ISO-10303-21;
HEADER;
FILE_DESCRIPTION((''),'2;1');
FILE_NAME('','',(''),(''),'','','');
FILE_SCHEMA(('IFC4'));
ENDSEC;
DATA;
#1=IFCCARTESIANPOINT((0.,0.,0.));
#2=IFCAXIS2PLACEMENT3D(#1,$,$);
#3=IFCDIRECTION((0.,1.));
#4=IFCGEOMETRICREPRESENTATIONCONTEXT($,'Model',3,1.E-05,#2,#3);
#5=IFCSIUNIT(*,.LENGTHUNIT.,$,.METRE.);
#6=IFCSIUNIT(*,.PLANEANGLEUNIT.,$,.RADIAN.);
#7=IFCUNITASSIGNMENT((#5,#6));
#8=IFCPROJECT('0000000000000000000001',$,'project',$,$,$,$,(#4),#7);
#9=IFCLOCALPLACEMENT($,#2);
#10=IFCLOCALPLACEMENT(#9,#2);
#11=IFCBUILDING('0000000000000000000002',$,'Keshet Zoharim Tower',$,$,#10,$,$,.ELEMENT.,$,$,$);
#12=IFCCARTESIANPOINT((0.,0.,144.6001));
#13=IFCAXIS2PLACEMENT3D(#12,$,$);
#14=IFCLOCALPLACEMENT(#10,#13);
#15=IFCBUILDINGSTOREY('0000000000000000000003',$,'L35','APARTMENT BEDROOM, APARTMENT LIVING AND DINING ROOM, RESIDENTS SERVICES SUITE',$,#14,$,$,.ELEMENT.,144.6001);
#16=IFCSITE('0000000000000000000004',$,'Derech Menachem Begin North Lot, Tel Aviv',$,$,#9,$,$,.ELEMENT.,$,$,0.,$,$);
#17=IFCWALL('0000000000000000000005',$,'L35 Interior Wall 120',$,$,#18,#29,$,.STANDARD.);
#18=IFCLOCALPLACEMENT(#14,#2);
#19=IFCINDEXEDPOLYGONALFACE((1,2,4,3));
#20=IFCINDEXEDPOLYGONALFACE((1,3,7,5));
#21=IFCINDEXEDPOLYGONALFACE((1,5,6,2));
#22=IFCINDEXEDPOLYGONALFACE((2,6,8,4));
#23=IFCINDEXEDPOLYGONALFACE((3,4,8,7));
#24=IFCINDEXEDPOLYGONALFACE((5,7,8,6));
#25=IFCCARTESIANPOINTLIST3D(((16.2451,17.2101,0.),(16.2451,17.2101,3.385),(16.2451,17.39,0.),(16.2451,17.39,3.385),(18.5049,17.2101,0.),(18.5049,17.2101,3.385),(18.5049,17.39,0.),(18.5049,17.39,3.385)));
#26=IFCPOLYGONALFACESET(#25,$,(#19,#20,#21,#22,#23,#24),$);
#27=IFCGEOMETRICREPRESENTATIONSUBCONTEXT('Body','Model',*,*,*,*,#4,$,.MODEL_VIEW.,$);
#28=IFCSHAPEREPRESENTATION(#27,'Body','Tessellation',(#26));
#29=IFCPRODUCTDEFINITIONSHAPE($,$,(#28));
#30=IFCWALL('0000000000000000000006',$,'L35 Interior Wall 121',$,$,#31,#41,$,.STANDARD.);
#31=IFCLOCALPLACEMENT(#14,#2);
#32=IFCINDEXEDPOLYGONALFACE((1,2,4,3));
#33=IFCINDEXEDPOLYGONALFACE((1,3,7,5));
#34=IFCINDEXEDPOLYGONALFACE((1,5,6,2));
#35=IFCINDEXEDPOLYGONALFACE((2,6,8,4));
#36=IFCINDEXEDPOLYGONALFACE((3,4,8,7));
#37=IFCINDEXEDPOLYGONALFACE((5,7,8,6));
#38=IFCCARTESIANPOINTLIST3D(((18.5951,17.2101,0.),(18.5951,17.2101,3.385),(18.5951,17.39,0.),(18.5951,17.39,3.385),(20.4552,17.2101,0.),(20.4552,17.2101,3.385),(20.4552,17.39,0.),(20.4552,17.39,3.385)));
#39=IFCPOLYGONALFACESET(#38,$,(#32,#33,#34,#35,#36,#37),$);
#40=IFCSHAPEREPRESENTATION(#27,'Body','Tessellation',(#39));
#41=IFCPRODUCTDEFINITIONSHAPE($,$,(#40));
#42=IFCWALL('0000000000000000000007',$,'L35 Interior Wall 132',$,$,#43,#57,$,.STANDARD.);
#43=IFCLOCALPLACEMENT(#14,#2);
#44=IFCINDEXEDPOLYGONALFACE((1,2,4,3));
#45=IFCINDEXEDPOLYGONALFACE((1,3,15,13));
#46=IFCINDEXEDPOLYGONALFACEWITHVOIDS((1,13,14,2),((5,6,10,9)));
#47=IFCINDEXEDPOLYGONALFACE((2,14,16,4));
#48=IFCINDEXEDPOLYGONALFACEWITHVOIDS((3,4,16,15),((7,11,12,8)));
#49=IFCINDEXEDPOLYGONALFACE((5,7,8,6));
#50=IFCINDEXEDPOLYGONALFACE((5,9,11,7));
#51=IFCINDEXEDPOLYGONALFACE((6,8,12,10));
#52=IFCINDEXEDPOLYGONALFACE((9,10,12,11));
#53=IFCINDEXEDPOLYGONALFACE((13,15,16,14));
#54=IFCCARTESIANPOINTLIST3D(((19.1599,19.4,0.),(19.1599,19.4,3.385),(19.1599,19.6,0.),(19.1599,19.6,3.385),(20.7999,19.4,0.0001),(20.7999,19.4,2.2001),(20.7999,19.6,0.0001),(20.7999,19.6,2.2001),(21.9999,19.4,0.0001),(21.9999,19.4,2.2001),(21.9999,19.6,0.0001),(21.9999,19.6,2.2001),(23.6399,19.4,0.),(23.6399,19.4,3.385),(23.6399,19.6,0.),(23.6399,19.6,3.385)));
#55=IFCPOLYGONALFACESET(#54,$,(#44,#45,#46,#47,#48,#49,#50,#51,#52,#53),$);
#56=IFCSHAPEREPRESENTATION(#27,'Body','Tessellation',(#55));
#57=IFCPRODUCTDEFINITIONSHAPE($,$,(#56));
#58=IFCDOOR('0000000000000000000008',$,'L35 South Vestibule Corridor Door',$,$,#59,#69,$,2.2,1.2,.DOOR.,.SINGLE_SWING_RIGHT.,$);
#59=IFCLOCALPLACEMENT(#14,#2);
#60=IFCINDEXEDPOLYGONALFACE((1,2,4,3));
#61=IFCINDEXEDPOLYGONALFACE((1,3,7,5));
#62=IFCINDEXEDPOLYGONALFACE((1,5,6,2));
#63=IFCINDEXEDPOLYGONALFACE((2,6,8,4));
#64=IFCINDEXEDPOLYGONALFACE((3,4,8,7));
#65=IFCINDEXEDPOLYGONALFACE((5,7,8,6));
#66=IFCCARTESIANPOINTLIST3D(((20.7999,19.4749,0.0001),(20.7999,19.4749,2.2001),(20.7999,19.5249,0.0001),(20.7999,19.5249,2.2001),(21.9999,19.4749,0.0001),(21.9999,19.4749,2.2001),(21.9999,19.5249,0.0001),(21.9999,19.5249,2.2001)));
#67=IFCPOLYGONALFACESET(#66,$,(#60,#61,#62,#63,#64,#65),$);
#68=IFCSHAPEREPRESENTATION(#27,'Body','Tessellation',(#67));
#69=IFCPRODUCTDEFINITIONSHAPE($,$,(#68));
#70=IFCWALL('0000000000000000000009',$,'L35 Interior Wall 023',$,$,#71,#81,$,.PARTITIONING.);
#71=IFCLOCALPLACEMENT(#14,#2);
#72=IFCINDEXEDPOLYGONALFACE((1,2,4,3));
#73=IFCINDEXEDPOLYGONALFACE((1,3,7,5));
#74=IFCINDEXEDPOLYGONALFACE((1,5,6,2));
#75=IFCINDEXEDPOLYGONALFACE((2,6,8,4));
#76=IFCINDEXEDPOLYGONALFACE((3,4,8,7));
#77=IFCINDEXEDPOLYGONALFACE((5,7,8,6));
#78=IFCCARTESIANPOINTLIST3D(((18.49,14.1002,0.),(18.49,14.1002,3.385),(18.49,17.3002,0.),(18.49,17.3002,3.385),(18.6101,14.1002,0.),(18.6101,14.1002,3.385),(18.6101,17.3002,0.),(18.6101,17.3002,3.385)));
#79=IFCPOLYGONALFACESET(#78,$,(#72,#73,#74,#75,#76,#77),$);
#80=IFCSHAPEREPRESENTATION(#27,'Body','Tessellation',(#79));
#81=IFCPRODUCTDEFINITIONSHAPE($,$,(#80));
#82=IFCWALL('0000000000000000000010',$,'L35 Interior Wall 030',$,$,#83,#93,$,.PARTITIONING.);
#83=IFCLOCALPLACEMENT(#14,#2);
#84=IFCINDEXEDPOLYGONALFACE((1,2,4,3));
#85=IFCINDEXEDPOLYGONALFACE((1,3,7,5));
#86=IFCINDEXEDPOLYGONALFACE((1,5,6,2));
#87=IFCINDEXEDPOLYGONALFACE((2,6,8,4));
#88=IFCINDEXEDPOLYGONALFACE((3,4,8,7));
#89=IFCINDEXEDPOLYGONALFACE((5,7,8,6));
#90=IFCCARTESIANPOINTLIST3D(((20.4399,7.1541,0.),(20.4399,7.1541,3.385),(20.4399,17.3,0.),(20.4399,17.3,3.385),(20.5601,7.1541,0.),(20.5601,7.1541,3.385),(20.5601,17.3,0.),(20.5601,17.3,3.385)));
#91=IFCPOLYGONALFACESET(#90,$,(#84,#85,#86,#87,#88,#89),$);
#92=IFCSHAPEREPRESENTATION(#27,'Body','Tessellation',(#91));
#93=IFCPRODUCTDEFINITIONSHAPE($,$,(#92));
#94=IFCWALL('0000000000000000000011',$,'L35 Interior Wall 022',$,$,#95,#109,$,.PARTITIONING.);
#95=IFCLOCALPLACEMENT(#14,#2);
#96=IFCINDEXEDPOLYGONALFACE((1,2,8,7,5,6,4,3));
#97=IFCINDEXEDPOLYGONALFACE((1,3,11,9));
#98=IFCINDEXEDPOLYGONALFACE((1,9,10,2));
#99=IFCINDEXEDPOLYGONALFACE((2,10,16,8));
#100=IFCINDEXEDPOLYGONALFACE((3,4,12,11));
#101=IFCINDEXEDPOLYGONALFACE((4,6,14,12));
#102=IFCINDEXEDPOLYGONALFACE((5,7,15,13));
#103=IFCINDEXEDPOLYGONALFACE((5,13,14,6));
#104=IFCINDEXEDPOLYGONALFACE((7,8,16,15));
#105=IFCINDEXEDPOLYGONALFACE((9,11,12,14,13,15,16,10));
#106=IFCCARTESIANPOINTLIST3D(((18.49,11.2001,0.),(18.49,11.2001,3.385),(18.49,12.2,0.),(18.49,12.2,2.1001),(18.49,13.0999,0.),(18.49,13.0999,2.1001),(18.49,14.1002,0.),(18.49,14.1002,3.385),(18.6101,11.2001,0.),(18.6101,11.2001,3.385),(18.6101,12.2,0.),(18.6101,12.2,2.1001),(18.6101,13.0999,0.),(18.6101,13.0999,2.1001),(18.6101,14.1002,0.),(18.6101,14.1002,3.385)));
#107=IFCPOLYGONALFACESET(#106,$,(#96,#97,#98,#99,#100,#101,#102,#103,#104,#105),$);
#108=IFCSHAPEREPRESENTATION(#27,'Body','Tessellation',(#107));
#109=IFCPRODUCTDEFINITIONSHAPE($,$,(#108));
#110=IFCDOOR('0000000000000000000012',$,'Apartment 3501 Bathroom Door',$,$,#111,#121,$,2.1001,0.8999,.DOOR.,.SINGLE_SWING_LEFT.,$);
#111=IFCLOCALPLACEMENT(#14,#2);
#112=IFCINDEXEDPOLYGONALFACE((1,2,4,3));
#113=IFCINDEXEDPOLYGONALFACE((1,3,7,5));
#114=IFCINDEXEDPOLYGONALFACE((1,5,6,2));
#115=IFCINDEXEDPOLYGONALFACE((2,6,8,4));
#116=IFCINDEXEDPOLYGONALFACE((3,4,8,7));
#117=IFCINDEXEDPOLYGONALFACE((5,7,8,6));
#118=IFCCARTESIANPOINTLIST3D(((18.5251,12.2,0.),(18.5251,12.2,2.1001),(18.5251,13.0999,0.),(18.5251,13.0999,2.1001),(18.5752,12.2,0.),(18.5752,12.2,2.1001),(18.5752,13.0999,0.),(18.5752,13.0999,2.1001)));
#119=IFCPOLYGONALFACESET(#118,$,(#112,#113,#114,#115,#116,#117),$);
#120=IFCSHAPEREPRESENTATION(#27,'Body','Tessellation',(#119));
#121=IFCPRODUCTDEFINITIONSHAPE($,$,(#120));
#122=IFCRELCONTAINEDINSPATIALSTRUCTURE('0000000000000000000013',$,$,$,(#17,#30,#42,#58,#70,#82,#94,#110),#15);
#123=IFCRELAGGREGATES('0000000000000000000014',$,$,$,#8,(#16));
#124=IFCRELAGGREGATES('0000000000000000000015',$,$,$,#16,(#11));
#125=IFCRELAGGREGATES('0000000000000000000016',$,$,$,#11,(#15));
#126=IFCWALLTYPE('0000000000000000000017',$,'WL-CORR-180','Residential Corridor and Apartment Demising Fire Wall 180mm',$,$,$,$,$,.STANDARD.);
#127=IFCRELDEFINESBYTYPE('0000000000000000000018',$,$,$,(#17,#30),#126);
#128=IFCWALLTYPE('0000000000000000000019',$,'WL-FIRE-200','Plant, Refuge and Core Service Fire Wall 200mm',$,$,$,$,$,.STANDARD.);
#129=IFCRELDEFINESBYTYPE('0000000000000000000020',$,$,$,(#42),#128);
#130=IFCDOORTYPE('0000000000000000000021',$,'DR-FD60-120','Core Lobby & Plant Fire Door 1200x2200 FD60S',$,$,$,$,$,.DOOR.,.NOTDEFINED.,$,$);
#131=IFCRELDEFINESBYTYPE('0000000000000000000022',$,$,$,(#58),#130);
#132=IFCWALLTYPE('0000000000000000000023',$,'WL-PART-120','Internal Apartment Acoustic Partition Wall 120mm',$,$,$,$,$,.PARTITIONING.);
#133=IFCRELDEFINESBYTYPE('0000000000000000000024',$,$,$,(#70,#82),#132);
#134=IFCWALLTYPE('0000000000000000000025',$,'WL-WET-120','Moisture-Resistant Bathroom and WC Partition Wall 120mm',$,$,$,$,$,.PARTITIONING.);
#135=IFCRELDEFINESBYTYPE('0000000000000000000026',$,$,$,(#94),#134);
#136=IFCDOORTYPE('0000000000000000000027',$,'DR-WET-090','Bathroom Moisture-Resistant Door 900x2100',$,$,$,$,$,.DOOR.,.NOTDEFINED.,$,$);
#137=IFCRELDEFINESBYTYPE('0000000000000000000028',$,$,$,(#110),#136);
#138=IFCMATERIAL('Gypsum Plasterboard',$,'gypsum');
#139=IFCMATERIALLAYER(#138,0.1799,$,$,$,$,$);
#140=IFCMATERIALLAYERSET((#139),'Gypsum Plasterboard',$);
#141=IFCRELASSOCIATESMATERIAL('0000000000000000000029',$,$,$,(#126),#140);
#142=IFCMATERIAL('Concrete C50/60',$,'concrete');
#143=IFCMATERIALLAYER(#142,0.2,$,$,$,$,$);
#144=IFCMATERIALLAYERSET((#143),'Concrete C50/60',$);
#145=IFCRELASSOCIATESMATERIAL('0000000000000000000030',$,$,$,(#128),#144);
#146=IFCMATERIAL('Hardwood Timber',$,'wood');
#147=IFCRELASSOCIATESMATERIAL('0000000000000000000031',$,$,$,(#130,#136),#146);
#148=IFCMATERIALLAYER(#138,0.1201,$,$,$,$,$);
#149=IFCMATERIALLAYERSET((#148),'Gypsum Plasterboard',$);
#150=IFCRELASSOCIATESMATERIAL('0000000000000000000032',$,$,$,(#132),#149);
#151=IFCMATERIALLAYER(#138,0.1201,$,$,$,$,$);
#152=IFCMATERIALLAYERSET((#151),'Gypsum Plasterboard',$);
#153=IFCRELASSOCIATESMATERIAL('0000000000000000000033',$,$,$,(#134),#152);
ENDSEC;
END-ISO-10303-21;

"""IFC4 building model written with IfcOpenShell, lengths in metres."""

from ifc_helpers import new_model, si_unit, direction, frame, frame_2d, origin, place, context, subcontext, project, spatial, rectangle, extrude, material, layer, layer_set, type_object, element, fill, save


model = new_model("IFC4")

# Units and contexts
model_context = context("Model", 3, precision=1e-05, world=origin(), true_north=direction((0.0, 1.0)))
body_context = subcontext(model_context, "Body", "Model", "MODEL_VIEW")
ifc_project = project(units=[si_unit("LENGTHUNIT", "METRE"), si_unit("PLANEANGLEUNIT", "RADIAN")], contexts=[model_context])

# Site, building, storey
site_placement = place(None, origin())
site = spatial("IfcSite", under=ifc_project, at=site_placement, Name="Derech Menachem Begin North Lot, Tel Aviv", CompositionType="ELEMENT", RefElevation=0.0)
building_placement = place(site_placement, origin())
building = spatial("IfcBuilding", under=site, at=building_placement, Name="Keshet Zoharim Tower", CompositionType="ELEMENT")
storey_placement = place(building_placement, frame((0.0, 0.0, 144.6001)))
storey = spatial("IfcBuildingStorey", under=building, at=storey_placement, Name="L35", Description="APARTMENT BEDROOM, APARTMENT LIVING AND DINING ROOM, RESIDENTS SERVICES SUITE", CompositionType="ELEMENT", Elevation=144.6001)

# Shared definitions
ifc_material_1 = material(Name="Gypsum Plasterboard", Category="gypsum")
ifc_material_2 = material(Name="Hardwood Timber", Category="wood")

# Walls
ifc_layer_1 = layer(ifc_material_1, 0.1799)
ifc_layer_set_1 = layer_set([ifc_layer_1], Name="Gypsum Plasterboard")
wall_type_1 = type_object("IfcWallType", Name="WL-CORR-180", Description="Residential Corridor and Apartment Demising Fire Wall 180mm", PredefinedType="STANDARD", material=ifc_layer_set_1)
wall_1_placement = place(storey_placement, frame((16.2451, 17.3, 0.0), z_axis=(0.0, 0.0, 1.0), x_axis=(1.0, 0.0, 0.0)))
element("IfcWall", 1, at=wall_1_placement, inside=storey, type_object=wall_type_1, Name="L35 Interior Wall 120", PredefinedType="STANDARD", context=body_context, shape_type="SweptSolid", body=[
    extrude(rectangle(XDim=2.2598, YDim=0.1799, at=frame_2d((1.1299, 0.0))), origin(), (0.0, 0.0, 1.0), 3.385),
])
wall_2_placement = place(storey_placement, frame((18.595, 17.3, 0.0), z_axis=(0.0, 0.0, 1.0), x_axis=(1.0, 0.0, 0.0)))
element("IfcWall", 2, at=wall_2_placement, inside=storey, type_object=wall_type_1, Name="L35 Interior Wall 121", PredefinedType="STANDARD", context=body_context, shape_type="SweptSolid", body=[
    extrude(rectangle(XDim=1.8601, YDim=0.1799, at=frame_2d((0.9302, 0.0))), origin(), (0.0, 0.0, 1.0), 3.385),
])

# Wall, opening, door
ifc_material_3 = material(Name="Concrete C50/60", Category="concrete")
ifc_layer_2 = layer(ifc_material_3, 0.2)
ifc_layer_set_2 = layer_set([ifc_layer_2], Name="Concrete C50/60")
wall_type_2 = type_object("IfcWallType", Name="WL-FIRE-200", Description="Plant, Refuge and Core Service Fire Wall 200mm", PredefinedType="STANDARD", material=ifc_layer_set_2)
wall_3_placement = place(storey_placement, frame((19.1599, 19.5, 0.0), z_axis=(0.0, 0.0, 1.0), x_axis=(1.0, 0.0, 0.0)))
wall_3 = element("IfcWall", 3, at=wall_3_placement, inside=storey, type_object=wall_type_2, Name="L35 Interior Wall 132", PredefinedType="STANDARD", context=body_context, shape_type="SweptSolid", body=[
    extrude(rectangle(XDim=4.48, YDim=0.2, at=frame_2d((2.24, 0.0))), origin(), (0.0, 0.0, 1.0), 3.385),
])
opening_1_placement = place(wall_3_placement, frame((1.6399, 0.0, 0.0)))
opening_1 = element("IfcOpeningElement", 4, at=opening_1_placement, cuts=wall_3, PredefinedType="OPENING", context=body_context, shape_type="SweptSolid", body=[
    extrude(rectangle(XDim=1.2, YDim=2.2, at=frame_2d((0.6001, 1.1001))), frame((0.0, 0.1099, 0.0), z_axis=(0.0, -1.0, 0.0), x_axis=(1.0, 0.0, 0.0)), (0.0, 0.0, 1.0), 0.22),
])
door_type_1 = type_object("IfcDoorType", Name="DR-FD60-120", Description="Core Lobby & Plant Fire Door 1200x2200 FD60S", OperationType="NOTDEFINED", PredefinedType="DOOR", material=ifc_material_2)
door_1_placement = place(opening_1_placement, origin())
door_1 = element("IfcDoor", 5, at=door_1_placement, inside=storey, type_object=door_type_1, Name="L35 South Vestibule Corridor Door", OperationType="SINGLE_SWING_RIGHT", OverallHeight=2.2, OverallWidth=1.2, PredefinedType="DOOR", context=body_context, shape_type="SweptSolid", body=[
    extrude(rectangle(XDim=1.2, YDim=2.2, at=frame_2d((0.6001, 1.1001))), frame((0.0, 0.0249, 0.0), z_axis=(0.0, -1.0, 0.0), x_axis=(1.0, 0.0, 0.0)), (0.0, 0.0, 1.0), 0.05),
])
fill(opening_1, door_1)

# Walls
ifc_layer_3 = layer(ifc_material_1, 0.1201)
ifc_layer_set_3 = layer_set([ifc_layer_3], Name="Gypsum Plasterboard")
wall_type_3 = type_object("IfcWallType", Name="WL-PART-120", Description="Internal Apartment Acoustic Partition Wall 120mm", PredefinedType="PARTITIONING", material=ifc_layer_set_3)
wall_4_placement = place(storey_placement, frame((18.55, 14.1001, 0.0), z_axis=(0.0, 0.0, 1.0), x_axis=(0.0, 1.0, 0.0)))
element("IfcWall", 6, at=wall_4_placement, inside=storey, type_object=wall_type_3, Name="L35 Interior Wall 023", PredefinedType="PARTITIONING", context=body_context, shape_type="SweptSolid", body=[
    extrude(rectangle(XDim=3.2, YDim=0.1201, at=frame_2d((1.6001, 0.0))), origin(), (0.0, 0.0, 1.0), 3.385),
])
wall_5_placement = place(storey_placement, frame((20.5, 7.1541, 0.0), z_axis=(0.0, 0.0, 1.0), x_axis=(0.0, 1.0, 0.0)))
element("IfcWall", 7, at=wall_5_placement, inside=storey, type_object=wall_type_3, Name="L35 Interior Wall 030", PredefinedType="PARTITIONING", context=body_context, shape_type="SweptSolid", body=[
    extrude(rectangle(XDim=10.146, YDim=0.1201, at=frame_2d((5.073, 0.0))), origin(), (0.0, 0.0, 1.0), 3.385),
])

# Wall, opening, door
ifc_layer_4 = layer(ifc_material_1, 0.1201)
ifc_layer_set_4 = layer_set([ifc_layer_4], Name="Gypsum Plasterboard")
wall_type_4 = type_object("IfcWallType", Name="WL-WET-120", Description="Moisture-Resistant Bathroom and WC Partition Wall 120mm", PredefinedType="PARTITIONING", material=ifc_layer_set_4)
wall_6_placement = place(storey_placement, frame((18.55, 11.2, 0.0), z_axis=(0.0, 0.0, 1.0), x_axis=(0.0, 1.0, 0.0)))
wall_6 = element("IfcWall", 8, at=wall_6_placement, inside=storey, type_object=wall_type_4, Name="L35 Interior Wall 022", PredefinedType="PARTITIONING", context=body_context, shape_type="SweptSolid", body=[
    extrude(rectangle(XDim=2.9001, YDim=0.1201, at=frame_2d((1.4502, 0.0))), origin(), (0.0, 0.0, 1.0), 3.385),
])
opening_2_placement = place(wall_6_placement, frame((1.0, 0.0, 0.0)))
opening_2 = element("IfcOpeningElement", 9, at=opening_2_placement, cuts=wall_6, PredefinedType="OPENING", context=body_context, shape_type="SweptSolid", body=[
    extrude(rectangle(XDim=0.8999, YDim=2.1001, at=frame_2d((0.45, 1.05))), frame((0.0, 0.0701, 0.0), z_axis=(0.0, -1.0, 0.0), x_axis=(1.0, 0.0, 0.0)), (0.0, 0.0, 1.0), 0.1401),
])
door_type_2 = type_object("IfcDoorType", Name="DR-WET-090", Description="Bathroom Moisture-Resistant Door 900x2100", OperationType="NOTDEFINED", PredefinedType="DOOR", material=ifc_material_2)
door_2_placement = place(opening_2_placement, origin())
door_2 = element("IfcDoor", 10, at=door_2_placement, inside=storey, type_object=door_type_2, Name="Apartment 3501 Bathroom Door", OperationType="SINGLE_SWING_LEFT", OverallHeight=2.1001, OverallWidth=0.8999, PredefinedType="DOOR", context=body_context, shape_type="SweptSolid", body=[
    extrude(rectangle(XDim=0.8999, YDim=2.1001, at=frame_2d((0.45, 1.05))), frame((0.0, 0.0249, 0.0), z_axis=(0.0, -1.0, 0.0), x_axis=(1.0, 0.0, 0.0)), (0.0, 0.0, 1.0), 0.05),
])
fill(opening_2, door_2)

save(model, "model.ifc")
